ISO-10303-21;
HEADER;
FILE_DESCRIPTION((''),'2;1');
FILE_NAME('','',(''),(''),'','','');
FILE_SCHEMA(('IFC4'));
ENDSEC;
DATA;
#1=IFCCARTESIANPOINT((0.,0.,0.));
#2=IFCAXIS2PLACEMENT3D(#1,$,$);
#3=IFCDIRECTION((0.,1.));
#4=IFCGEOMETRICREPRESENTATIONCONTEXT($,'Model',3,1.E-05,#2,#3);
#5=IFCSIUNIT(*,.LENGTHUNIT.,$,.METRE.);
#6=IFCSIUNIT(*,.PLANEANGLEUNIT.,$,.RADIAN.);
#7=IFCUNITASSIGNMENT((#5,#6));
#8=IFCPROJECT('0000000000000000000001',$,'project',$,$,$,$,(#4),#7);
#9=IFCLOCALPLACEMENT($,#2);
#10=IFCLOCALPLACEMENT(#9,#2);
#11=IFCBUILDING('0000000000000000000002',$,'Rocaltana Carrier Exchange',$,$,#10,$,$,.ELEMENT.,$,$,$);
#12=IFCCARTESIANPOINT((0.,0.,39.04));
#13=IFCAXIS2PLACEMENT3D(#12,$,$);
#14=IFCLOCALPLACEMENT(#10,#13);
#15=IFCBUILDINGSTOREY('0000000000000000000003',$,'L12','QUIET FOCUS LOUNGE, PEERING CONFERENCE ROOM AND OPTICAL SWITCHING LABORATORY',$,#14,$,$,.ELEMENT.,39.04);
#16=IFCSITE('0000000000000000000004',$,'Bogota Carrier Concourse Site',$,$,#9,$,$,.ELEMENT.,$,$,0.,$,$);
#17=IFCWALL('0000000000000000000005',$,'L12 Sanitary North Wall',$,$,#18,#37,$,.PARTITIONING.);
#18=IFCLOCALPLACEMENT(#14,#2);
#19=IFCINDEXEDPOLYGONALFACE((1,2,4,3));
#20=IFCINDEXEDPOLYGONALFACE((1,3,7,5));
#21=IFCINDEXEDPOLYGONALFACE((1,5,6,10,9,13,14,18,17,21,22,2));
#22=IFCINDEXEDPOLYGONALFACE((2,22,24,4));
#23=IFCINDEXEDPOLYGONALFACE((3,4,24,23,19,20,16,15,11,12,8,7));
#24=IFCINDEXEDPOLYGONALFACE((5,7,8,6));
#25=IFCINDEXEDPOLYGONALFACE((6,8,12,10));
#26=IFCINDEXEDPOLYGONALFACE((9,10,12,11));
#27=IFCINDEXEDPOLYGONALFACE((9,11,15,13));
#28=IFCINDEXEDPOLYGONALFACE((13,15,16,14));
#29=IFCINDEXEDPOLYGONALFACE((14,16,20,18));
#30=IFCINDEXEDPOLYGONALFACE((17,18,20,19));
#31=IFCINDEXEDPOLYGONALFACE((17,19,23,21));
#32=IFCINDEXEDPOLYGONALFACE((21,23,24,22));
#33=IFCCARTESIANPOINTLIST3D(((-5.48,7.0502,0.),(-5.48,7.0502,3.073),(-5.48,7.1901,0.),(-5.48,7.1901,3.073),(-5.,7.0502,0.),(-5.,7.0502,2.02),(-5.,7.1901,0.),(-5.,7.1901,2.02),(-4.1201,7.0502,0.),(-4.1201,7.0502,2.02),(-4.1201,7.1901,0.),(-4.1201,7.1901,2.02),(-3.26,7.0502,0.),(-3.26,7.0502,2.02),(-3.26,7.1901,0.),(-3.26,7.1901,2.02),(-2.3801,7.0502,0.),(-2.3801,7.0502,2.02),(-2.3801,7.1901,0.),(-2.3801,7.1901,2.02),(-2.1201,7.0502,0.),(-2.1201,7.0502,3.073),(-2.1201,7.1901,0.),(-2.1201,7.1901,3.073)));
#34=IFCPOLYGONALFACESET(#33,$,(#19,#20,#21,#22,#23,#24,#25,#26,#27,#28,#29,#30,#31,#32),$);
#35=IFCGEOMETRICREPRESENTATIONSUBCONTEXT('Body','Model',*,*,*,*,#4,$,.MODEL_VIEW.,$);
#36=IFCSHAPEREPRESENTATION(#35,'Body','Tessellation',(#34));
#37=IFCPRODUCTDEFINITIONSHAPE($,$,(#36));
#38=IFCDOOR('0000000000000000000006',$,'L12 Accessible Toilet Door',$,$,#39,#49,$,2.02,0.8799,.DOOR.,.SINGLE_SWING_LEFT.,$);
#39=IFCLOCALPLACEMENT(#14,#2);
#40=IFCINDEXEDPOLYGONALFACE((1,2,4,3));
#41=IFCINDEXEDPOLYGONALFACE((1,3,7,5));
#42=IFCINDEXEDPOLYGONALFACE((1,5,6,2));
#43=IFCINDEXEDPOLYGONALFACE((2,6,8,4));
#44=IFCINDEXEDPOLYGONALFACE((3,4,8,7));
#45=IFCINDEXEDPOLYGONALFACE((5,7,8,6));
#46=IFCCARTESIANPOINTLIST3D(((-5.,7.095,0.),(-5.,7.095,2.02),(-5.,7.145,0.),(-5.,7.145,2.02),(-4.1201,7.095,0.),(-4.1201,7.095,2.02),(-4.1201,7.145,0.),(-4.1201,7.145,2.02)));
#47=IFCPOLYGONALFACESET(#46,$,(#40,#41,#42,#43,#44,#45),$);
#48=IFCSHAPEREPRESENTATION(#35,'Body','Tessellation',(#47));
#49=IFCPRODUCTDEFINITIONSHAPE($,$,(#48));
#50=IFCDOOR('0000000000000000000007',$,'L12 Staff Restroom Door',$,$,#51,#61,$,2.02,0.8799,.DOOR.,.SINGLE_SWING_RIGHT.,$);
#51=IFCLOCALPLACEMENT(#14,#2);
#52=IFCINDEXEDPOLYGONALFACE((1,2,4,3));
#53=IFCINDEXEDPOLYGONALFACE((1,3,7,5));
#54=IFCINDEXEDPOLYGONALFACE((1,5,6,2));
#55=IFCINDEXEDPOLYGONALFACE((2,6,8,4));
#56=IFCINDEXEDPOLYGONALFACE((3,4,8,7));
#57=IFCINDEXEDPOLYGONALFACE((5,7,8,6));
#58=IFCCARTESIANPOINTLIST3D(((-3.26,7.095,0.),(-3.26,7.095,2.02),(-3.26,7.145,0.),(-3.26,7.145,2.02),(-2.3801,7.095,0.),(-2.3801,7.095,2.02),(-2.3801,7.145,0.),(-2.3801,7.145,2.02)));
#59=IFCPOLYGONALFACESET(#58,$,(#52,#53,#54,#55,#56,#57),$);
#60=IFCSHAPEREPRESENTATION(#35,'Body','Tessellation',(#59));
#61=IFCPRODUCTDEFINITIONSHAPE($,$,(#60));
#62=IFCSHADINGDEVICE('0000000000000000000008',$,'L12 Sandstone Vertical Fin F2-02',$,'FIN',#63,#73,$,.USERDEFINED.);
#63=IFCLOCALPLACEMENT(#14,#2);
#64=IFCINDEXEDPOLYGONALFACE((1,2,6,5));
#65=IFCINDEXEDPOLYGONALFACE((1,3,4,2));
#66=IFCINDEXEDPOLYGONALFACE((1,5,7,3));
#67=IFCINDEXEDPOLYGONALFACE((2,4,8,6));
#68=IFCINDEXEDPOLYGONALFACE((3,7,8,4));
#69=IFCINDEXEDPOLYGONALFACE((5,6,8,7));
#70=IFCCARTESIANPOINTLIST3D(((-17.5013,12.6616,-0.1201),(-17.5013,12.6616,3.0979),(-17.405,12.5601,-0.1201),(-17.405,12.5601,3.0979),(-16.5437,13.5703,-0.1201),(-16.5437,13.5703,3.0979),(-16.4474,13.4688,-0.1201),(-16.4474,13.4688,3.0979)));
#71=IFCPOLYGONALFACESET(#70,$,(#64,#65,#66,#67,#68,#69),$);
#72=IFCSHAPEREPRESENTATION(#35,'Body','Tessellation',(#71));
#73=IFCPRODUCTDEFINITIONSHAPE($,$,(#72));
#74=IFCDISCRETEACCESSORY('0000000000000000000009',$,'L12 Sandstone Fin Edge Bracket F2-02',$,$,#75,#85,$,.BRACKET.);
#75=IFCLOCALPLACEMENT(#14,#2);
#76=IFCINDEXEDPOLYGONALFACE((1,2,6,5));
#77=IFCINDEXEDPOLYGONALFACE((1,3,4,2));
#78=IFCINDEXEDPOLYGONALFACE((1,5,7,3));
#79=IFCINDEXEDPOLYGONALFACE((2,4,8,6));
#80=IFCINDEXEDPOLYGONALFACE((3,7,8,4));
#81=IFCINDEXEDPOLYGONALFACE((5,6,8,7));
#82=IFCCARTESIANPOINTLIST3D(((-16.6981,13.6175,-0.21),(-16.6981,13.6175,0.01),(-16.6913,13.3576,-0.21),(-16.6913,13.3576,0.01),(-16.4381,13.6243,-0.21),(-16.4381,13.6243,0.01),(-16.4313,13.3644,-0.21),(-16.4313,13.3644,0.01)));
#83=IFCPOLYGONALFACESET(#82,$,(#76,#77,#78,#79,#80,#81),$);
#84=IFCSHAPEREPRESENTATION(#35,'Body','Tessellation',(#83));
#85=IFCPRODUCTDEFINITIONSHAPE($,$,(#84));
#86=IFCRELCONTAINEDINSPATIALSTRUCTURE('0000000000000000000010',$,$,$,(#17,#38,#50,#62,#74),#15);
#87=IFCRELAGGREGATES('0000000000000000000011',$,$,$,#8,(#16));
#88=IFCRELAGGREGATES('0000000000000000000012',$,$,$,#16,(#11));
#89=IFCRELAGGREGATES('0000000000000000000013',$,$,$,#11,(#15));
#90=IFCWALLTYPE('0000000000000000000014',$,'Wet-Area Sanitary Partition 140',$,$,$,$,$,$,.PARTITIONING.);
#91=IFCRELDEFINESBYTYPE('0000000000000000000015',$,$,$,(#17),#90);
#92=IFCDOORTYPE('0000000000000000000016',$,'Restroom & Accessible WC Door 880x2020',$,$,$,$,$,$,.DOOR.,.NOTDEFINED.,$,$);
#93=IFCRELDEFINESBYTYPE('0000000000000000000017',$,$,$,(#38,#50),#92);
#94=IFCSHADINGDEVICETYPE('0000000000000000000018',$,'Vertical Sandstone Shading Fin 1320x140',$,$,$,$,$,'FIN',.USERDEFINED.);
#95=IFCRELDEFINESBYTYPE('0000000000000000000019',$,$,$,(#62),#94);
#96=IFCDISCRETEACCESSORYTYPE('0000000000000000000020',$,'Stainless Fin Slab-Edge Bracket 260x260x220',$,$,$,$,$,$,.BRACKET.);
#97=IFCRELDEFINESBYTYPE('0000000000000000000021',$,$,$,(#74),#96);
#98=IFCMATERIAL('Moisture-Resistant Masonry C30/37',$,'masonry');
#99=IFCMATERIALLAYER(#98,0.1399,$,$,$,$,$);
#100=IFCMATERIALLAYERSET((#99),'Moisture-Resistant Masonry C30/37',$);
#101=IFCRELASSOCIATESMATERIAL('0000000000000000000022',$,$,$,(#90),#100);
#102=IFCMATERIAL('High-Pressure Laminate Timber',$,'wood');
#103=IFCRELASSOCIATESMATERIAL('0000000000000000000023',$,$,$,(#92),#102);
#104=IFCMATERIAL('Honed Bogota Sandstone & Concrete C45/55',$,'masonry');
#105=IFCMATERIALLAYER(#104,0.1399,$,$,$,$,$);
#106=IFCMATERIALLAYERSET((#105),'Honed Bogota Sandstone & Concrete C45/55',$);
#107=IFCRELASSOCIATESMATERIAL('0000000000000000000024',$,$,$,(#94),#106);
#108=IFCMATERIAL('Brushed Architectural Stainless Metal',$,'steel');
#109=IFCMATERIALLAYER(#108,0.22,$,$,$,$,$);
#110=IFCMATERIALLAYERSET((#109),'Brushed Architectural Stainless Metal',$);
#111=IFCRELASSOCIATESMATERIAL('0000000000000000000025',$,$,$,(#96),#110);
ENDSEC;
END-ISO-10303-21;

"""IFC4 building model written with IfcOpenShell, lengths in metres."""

from ifc_helpers import new_model, si_unit, direction, frame, frame_2d, origin, origin_2d, place, context, subcontext, project, spatial, rectangle, extrude, material, layer, layer_set, type_object, element, fill, save


model = new_model("IFC4")

# Units and contexts
model_context = context("Model", 3, precision=1e-05, world=origin(), true_north=direction((0.0, 1.0)))
body_context = subcontext(model_context, "Body", "Model", "MODEL_VIEW")
ifc_project = project(units=[si_unit("LENGTHUNIT", "METRE"), si_unit("PLANEANGLEUNIT", "RADIAN")], contexts=[model_context])

# Site, building, storey
site_placement = place(None, origin())
site = spatial("IfcSite", under=ifc_project, at=site_placement, Name="Bogota Carrier Concourse Site", CompositionType="ELEMENT", RefElevation=0.0)
building_placement = place(site_placement, origin())
building = spatial("IfcBuilding", under=site, at=building_placement, Name="Rocaltana Carrier Exchange", CompositionType="ELEMENT")
storey_placement = place(building_placement, frame((0.0, 0.0, 39.04)))
storey = spatial("IfcBuildingStorey", under=building, at=storey_placement, Name="L12", Description="QUIET FOCUS LOUNGE, PEERING CONFERENCE ROOM AND OPTICAL SWITCHING LABORATORY", CompositionType="ELEMENT", Elevation=39.04)

# Wall, openings, doors
ifc_material_1 = material(Name="Moisture-Resistant Masonry C30/37", Category="masonry")
ifc_layer_1 = layer(ifc_material_1, 0.1399)
ifc_layer_set_1 = layer_set([ifc_layer_1], Name="Moisture-Resistant Masonry C30/37")
wall_type_1 = type_object("IfcWallType", Name="Wet-Area Sanitary Partition 140", PredefinedType="PARTITIONING", material=ifc_layer_set_1)
wall_1_placement = place(storey_placement, frame((-5.48, 7.1201, 0.0), z_axis=(0.0, 0.0, 1.0), x_axis=(1.0, 0.0, 0.0)))
wall_1 = element("IfcWall", 1, at=wall_1_placement, inside=storey, type_object=wall_type_1, Name="L12 Sanitary North Wall", PredefinedType="PARTITIONING", context=body_context, shape_type="SweptSolid", body=[
    extrude(rectangle(XDim=3.3599, YDim=0.1399, at=frame_2d((1.6799, 0.0))), origin(), (0.0, 0.0, 1.0), 3.073),
])
opening_1_placement = place(wall_1_placement, frame((0.48, 0.0, 0.0)))
opening_1 = element("IfcOpeningElement", 2, at=opening_1_placement, cuts=wall_1, PredefinedType="OPENING", context=body_context, shape_type="SweptSolid", body=[
    extrude(rectangle(XDim=0.8799, YDim=2.02, at=frame_2d((0.4399, 1.01))), frame((0.0, 0.0798, 0.0), z_axis=(0.0, -1.0, 0.0), x_axis=(1.0, 0.0, 0.0)), (0.0, 0.0, 1.0), 0.1599),
])
opening_2_placement = place(wall_1_placement, frame((2.22, 0.0, 0.0)))
opening_2 = element("IfcOpeningElement", 3, at=opening_2_placement, cuts=wall_1, PredefinedType="OPENING", context=body_context, shape_type="SweptSolid", body=[
    extrude(rectangle(XDim=0.8799, YDim=2.02, at=frame_2d((0.4399, 1.01))), frame((0.0, 0.0798, 0.0), z_axis=(0.0, -1.0, 0.0), x_axis=(1.0, 0.0, 0.0)), (0.0, 0.0, 1.0), 0.1599),
])
ifc_material_2 = material(Name="High-Pressure Laminate Timber", Category="wood")
door_type_1 = type_object("IfcDoorType", Name="Restroom & Accessible WC Door 880x2020", OperationType="NOTDEFINED", PredefinedType="DOOR", material=ifc_material_2)
door_1_placement = place(opening_1_placement, origin())
door_1 = element("IfcDoor", 4, at=door_1_placement, inside=storey, type_object=door_type_1, Name="L12 Accessible Toilet Door", OperationType="SINGLE_SWING_LEFT", OverallHeight=2.02, OverallWidth=0.8799, PredefinedType="DOOR", context=body_context, shape_type="SweptSolid", body=[
    extrude(rectangle(XDim=0.8799, YDim=2.02, at=frame_2d((0.4399, 1.01))), frame((0.0, 0.0249, 0.0), z_axis=(0.0, -1.0, 0.0), x_axis=(1.0, 0.0, 0.0)), (0.0, 0.0, 1.0), 0.05),
])
fill(opening_1, door_1)
door_2_placement = place(opening_2_placement, origin())
door_2 = element("IfcDoor", 5, at=door_2_placement, inside=storey, type_object=door_type_1, Name="L12 Staff Restroom Door", OperationType="SINGLE_SWING_RIGHT", OverallHeight=2.02, OverallWidth=0.8799, PredefinedType="DOOR", context=body_context, shape_type="SweptSolid", body=[
    extrude(rectangle(XDim=0.8799, YDim=2.02, at=frame_2d((0.4399, 1.01))), frame((0.0, 0.0249, 0.0), z_axis=(0.0, -1.0, 0.0), x_axis=(1.0, 0.0, 0.0)), (0.0, 0.0, 1.0), 0.05),
])
fill(opening_2, door_2)

# Shading device
ifc_material_3 = material(Name="Honed Bogota Sandstone & Concrete C45/55", Category="masonry")
ifc_layer_2 = layer(ifc_material_3, 0.1399)
ifc_layer_set_2 = layer_set([ifc_layer_2], Name="Honed Bogota Sandstone & Concrete C45/55")
shading_device_type = type_object("IfcShadingDeviceType", Name="Vertical Sandstone Shading Fin 1320x140", ElementType="FIN", PredefinedType="USERDEFINED", material=ifc_layer_set_2)
shading_device_placement = place(storey_placement, frame((-16.9744, 13.0652, -0.1201), z_axis=(0.0, 0.0, 1.0), x_axis=(-0.725374, -0.688355, 0.0)))
element("IfcShadingDevice", 6, at=shading_device_placement, inside=storey, type_object=shading_device_type, Name="L12 Sandstone Vertical Fin F2-02", ObjectType="FIN", PredefinedType="USERDEFINED", context=body_context, shape_type="SweptSolid", body=[
    extrude(rectangle(XDim=1.3201, YDim=0.1399, at=origin_2d()), origin(), (0.0, 0.0, 1.0), 3.218),
])

# Discrete accessory
ifc_material_4 = material(Name="Brushed Architectural Stainless Metal", Category="steel")
ifc_layer_3 = layer(ifc_material_4, 0.22)
ifc_layer_set_3 = layer_set([ifc_layer_3], Name="Brushed Architectural Stainless Metal")
discrete_accessory_type = type_object("IfcDiscreteAccessoryType", Name="Stainless Fin Slab-Edge Bracket 260x260x220", PredefinedType="BRACKET", material=ifc_layer_set_3)
discrete_accessory_placement = place(storey_placement, frame((-16.5647, 13.491, -0.21), z_axis=(0.0, 0.0, 1.0), x_axis=(0.026177, -0.999657, 0.0)))
element("IfcDiscreteAccessory", 7, at=discrete_accessory_placement, inside=storey, type_object=discrete_accessory_type, Name="L12 Sandstone Fin Edge Bracket F2-02", PredefinedType="BRACKET", context=body_context, shape_type="SweptSolid", body=[
    extrude(rectangle(XDim=0.26, YDim=0.26, at=origin_2d()), origin(), (0.0, 0.0, 1.0), 0.22),
])

save(model, "model.ifc")
